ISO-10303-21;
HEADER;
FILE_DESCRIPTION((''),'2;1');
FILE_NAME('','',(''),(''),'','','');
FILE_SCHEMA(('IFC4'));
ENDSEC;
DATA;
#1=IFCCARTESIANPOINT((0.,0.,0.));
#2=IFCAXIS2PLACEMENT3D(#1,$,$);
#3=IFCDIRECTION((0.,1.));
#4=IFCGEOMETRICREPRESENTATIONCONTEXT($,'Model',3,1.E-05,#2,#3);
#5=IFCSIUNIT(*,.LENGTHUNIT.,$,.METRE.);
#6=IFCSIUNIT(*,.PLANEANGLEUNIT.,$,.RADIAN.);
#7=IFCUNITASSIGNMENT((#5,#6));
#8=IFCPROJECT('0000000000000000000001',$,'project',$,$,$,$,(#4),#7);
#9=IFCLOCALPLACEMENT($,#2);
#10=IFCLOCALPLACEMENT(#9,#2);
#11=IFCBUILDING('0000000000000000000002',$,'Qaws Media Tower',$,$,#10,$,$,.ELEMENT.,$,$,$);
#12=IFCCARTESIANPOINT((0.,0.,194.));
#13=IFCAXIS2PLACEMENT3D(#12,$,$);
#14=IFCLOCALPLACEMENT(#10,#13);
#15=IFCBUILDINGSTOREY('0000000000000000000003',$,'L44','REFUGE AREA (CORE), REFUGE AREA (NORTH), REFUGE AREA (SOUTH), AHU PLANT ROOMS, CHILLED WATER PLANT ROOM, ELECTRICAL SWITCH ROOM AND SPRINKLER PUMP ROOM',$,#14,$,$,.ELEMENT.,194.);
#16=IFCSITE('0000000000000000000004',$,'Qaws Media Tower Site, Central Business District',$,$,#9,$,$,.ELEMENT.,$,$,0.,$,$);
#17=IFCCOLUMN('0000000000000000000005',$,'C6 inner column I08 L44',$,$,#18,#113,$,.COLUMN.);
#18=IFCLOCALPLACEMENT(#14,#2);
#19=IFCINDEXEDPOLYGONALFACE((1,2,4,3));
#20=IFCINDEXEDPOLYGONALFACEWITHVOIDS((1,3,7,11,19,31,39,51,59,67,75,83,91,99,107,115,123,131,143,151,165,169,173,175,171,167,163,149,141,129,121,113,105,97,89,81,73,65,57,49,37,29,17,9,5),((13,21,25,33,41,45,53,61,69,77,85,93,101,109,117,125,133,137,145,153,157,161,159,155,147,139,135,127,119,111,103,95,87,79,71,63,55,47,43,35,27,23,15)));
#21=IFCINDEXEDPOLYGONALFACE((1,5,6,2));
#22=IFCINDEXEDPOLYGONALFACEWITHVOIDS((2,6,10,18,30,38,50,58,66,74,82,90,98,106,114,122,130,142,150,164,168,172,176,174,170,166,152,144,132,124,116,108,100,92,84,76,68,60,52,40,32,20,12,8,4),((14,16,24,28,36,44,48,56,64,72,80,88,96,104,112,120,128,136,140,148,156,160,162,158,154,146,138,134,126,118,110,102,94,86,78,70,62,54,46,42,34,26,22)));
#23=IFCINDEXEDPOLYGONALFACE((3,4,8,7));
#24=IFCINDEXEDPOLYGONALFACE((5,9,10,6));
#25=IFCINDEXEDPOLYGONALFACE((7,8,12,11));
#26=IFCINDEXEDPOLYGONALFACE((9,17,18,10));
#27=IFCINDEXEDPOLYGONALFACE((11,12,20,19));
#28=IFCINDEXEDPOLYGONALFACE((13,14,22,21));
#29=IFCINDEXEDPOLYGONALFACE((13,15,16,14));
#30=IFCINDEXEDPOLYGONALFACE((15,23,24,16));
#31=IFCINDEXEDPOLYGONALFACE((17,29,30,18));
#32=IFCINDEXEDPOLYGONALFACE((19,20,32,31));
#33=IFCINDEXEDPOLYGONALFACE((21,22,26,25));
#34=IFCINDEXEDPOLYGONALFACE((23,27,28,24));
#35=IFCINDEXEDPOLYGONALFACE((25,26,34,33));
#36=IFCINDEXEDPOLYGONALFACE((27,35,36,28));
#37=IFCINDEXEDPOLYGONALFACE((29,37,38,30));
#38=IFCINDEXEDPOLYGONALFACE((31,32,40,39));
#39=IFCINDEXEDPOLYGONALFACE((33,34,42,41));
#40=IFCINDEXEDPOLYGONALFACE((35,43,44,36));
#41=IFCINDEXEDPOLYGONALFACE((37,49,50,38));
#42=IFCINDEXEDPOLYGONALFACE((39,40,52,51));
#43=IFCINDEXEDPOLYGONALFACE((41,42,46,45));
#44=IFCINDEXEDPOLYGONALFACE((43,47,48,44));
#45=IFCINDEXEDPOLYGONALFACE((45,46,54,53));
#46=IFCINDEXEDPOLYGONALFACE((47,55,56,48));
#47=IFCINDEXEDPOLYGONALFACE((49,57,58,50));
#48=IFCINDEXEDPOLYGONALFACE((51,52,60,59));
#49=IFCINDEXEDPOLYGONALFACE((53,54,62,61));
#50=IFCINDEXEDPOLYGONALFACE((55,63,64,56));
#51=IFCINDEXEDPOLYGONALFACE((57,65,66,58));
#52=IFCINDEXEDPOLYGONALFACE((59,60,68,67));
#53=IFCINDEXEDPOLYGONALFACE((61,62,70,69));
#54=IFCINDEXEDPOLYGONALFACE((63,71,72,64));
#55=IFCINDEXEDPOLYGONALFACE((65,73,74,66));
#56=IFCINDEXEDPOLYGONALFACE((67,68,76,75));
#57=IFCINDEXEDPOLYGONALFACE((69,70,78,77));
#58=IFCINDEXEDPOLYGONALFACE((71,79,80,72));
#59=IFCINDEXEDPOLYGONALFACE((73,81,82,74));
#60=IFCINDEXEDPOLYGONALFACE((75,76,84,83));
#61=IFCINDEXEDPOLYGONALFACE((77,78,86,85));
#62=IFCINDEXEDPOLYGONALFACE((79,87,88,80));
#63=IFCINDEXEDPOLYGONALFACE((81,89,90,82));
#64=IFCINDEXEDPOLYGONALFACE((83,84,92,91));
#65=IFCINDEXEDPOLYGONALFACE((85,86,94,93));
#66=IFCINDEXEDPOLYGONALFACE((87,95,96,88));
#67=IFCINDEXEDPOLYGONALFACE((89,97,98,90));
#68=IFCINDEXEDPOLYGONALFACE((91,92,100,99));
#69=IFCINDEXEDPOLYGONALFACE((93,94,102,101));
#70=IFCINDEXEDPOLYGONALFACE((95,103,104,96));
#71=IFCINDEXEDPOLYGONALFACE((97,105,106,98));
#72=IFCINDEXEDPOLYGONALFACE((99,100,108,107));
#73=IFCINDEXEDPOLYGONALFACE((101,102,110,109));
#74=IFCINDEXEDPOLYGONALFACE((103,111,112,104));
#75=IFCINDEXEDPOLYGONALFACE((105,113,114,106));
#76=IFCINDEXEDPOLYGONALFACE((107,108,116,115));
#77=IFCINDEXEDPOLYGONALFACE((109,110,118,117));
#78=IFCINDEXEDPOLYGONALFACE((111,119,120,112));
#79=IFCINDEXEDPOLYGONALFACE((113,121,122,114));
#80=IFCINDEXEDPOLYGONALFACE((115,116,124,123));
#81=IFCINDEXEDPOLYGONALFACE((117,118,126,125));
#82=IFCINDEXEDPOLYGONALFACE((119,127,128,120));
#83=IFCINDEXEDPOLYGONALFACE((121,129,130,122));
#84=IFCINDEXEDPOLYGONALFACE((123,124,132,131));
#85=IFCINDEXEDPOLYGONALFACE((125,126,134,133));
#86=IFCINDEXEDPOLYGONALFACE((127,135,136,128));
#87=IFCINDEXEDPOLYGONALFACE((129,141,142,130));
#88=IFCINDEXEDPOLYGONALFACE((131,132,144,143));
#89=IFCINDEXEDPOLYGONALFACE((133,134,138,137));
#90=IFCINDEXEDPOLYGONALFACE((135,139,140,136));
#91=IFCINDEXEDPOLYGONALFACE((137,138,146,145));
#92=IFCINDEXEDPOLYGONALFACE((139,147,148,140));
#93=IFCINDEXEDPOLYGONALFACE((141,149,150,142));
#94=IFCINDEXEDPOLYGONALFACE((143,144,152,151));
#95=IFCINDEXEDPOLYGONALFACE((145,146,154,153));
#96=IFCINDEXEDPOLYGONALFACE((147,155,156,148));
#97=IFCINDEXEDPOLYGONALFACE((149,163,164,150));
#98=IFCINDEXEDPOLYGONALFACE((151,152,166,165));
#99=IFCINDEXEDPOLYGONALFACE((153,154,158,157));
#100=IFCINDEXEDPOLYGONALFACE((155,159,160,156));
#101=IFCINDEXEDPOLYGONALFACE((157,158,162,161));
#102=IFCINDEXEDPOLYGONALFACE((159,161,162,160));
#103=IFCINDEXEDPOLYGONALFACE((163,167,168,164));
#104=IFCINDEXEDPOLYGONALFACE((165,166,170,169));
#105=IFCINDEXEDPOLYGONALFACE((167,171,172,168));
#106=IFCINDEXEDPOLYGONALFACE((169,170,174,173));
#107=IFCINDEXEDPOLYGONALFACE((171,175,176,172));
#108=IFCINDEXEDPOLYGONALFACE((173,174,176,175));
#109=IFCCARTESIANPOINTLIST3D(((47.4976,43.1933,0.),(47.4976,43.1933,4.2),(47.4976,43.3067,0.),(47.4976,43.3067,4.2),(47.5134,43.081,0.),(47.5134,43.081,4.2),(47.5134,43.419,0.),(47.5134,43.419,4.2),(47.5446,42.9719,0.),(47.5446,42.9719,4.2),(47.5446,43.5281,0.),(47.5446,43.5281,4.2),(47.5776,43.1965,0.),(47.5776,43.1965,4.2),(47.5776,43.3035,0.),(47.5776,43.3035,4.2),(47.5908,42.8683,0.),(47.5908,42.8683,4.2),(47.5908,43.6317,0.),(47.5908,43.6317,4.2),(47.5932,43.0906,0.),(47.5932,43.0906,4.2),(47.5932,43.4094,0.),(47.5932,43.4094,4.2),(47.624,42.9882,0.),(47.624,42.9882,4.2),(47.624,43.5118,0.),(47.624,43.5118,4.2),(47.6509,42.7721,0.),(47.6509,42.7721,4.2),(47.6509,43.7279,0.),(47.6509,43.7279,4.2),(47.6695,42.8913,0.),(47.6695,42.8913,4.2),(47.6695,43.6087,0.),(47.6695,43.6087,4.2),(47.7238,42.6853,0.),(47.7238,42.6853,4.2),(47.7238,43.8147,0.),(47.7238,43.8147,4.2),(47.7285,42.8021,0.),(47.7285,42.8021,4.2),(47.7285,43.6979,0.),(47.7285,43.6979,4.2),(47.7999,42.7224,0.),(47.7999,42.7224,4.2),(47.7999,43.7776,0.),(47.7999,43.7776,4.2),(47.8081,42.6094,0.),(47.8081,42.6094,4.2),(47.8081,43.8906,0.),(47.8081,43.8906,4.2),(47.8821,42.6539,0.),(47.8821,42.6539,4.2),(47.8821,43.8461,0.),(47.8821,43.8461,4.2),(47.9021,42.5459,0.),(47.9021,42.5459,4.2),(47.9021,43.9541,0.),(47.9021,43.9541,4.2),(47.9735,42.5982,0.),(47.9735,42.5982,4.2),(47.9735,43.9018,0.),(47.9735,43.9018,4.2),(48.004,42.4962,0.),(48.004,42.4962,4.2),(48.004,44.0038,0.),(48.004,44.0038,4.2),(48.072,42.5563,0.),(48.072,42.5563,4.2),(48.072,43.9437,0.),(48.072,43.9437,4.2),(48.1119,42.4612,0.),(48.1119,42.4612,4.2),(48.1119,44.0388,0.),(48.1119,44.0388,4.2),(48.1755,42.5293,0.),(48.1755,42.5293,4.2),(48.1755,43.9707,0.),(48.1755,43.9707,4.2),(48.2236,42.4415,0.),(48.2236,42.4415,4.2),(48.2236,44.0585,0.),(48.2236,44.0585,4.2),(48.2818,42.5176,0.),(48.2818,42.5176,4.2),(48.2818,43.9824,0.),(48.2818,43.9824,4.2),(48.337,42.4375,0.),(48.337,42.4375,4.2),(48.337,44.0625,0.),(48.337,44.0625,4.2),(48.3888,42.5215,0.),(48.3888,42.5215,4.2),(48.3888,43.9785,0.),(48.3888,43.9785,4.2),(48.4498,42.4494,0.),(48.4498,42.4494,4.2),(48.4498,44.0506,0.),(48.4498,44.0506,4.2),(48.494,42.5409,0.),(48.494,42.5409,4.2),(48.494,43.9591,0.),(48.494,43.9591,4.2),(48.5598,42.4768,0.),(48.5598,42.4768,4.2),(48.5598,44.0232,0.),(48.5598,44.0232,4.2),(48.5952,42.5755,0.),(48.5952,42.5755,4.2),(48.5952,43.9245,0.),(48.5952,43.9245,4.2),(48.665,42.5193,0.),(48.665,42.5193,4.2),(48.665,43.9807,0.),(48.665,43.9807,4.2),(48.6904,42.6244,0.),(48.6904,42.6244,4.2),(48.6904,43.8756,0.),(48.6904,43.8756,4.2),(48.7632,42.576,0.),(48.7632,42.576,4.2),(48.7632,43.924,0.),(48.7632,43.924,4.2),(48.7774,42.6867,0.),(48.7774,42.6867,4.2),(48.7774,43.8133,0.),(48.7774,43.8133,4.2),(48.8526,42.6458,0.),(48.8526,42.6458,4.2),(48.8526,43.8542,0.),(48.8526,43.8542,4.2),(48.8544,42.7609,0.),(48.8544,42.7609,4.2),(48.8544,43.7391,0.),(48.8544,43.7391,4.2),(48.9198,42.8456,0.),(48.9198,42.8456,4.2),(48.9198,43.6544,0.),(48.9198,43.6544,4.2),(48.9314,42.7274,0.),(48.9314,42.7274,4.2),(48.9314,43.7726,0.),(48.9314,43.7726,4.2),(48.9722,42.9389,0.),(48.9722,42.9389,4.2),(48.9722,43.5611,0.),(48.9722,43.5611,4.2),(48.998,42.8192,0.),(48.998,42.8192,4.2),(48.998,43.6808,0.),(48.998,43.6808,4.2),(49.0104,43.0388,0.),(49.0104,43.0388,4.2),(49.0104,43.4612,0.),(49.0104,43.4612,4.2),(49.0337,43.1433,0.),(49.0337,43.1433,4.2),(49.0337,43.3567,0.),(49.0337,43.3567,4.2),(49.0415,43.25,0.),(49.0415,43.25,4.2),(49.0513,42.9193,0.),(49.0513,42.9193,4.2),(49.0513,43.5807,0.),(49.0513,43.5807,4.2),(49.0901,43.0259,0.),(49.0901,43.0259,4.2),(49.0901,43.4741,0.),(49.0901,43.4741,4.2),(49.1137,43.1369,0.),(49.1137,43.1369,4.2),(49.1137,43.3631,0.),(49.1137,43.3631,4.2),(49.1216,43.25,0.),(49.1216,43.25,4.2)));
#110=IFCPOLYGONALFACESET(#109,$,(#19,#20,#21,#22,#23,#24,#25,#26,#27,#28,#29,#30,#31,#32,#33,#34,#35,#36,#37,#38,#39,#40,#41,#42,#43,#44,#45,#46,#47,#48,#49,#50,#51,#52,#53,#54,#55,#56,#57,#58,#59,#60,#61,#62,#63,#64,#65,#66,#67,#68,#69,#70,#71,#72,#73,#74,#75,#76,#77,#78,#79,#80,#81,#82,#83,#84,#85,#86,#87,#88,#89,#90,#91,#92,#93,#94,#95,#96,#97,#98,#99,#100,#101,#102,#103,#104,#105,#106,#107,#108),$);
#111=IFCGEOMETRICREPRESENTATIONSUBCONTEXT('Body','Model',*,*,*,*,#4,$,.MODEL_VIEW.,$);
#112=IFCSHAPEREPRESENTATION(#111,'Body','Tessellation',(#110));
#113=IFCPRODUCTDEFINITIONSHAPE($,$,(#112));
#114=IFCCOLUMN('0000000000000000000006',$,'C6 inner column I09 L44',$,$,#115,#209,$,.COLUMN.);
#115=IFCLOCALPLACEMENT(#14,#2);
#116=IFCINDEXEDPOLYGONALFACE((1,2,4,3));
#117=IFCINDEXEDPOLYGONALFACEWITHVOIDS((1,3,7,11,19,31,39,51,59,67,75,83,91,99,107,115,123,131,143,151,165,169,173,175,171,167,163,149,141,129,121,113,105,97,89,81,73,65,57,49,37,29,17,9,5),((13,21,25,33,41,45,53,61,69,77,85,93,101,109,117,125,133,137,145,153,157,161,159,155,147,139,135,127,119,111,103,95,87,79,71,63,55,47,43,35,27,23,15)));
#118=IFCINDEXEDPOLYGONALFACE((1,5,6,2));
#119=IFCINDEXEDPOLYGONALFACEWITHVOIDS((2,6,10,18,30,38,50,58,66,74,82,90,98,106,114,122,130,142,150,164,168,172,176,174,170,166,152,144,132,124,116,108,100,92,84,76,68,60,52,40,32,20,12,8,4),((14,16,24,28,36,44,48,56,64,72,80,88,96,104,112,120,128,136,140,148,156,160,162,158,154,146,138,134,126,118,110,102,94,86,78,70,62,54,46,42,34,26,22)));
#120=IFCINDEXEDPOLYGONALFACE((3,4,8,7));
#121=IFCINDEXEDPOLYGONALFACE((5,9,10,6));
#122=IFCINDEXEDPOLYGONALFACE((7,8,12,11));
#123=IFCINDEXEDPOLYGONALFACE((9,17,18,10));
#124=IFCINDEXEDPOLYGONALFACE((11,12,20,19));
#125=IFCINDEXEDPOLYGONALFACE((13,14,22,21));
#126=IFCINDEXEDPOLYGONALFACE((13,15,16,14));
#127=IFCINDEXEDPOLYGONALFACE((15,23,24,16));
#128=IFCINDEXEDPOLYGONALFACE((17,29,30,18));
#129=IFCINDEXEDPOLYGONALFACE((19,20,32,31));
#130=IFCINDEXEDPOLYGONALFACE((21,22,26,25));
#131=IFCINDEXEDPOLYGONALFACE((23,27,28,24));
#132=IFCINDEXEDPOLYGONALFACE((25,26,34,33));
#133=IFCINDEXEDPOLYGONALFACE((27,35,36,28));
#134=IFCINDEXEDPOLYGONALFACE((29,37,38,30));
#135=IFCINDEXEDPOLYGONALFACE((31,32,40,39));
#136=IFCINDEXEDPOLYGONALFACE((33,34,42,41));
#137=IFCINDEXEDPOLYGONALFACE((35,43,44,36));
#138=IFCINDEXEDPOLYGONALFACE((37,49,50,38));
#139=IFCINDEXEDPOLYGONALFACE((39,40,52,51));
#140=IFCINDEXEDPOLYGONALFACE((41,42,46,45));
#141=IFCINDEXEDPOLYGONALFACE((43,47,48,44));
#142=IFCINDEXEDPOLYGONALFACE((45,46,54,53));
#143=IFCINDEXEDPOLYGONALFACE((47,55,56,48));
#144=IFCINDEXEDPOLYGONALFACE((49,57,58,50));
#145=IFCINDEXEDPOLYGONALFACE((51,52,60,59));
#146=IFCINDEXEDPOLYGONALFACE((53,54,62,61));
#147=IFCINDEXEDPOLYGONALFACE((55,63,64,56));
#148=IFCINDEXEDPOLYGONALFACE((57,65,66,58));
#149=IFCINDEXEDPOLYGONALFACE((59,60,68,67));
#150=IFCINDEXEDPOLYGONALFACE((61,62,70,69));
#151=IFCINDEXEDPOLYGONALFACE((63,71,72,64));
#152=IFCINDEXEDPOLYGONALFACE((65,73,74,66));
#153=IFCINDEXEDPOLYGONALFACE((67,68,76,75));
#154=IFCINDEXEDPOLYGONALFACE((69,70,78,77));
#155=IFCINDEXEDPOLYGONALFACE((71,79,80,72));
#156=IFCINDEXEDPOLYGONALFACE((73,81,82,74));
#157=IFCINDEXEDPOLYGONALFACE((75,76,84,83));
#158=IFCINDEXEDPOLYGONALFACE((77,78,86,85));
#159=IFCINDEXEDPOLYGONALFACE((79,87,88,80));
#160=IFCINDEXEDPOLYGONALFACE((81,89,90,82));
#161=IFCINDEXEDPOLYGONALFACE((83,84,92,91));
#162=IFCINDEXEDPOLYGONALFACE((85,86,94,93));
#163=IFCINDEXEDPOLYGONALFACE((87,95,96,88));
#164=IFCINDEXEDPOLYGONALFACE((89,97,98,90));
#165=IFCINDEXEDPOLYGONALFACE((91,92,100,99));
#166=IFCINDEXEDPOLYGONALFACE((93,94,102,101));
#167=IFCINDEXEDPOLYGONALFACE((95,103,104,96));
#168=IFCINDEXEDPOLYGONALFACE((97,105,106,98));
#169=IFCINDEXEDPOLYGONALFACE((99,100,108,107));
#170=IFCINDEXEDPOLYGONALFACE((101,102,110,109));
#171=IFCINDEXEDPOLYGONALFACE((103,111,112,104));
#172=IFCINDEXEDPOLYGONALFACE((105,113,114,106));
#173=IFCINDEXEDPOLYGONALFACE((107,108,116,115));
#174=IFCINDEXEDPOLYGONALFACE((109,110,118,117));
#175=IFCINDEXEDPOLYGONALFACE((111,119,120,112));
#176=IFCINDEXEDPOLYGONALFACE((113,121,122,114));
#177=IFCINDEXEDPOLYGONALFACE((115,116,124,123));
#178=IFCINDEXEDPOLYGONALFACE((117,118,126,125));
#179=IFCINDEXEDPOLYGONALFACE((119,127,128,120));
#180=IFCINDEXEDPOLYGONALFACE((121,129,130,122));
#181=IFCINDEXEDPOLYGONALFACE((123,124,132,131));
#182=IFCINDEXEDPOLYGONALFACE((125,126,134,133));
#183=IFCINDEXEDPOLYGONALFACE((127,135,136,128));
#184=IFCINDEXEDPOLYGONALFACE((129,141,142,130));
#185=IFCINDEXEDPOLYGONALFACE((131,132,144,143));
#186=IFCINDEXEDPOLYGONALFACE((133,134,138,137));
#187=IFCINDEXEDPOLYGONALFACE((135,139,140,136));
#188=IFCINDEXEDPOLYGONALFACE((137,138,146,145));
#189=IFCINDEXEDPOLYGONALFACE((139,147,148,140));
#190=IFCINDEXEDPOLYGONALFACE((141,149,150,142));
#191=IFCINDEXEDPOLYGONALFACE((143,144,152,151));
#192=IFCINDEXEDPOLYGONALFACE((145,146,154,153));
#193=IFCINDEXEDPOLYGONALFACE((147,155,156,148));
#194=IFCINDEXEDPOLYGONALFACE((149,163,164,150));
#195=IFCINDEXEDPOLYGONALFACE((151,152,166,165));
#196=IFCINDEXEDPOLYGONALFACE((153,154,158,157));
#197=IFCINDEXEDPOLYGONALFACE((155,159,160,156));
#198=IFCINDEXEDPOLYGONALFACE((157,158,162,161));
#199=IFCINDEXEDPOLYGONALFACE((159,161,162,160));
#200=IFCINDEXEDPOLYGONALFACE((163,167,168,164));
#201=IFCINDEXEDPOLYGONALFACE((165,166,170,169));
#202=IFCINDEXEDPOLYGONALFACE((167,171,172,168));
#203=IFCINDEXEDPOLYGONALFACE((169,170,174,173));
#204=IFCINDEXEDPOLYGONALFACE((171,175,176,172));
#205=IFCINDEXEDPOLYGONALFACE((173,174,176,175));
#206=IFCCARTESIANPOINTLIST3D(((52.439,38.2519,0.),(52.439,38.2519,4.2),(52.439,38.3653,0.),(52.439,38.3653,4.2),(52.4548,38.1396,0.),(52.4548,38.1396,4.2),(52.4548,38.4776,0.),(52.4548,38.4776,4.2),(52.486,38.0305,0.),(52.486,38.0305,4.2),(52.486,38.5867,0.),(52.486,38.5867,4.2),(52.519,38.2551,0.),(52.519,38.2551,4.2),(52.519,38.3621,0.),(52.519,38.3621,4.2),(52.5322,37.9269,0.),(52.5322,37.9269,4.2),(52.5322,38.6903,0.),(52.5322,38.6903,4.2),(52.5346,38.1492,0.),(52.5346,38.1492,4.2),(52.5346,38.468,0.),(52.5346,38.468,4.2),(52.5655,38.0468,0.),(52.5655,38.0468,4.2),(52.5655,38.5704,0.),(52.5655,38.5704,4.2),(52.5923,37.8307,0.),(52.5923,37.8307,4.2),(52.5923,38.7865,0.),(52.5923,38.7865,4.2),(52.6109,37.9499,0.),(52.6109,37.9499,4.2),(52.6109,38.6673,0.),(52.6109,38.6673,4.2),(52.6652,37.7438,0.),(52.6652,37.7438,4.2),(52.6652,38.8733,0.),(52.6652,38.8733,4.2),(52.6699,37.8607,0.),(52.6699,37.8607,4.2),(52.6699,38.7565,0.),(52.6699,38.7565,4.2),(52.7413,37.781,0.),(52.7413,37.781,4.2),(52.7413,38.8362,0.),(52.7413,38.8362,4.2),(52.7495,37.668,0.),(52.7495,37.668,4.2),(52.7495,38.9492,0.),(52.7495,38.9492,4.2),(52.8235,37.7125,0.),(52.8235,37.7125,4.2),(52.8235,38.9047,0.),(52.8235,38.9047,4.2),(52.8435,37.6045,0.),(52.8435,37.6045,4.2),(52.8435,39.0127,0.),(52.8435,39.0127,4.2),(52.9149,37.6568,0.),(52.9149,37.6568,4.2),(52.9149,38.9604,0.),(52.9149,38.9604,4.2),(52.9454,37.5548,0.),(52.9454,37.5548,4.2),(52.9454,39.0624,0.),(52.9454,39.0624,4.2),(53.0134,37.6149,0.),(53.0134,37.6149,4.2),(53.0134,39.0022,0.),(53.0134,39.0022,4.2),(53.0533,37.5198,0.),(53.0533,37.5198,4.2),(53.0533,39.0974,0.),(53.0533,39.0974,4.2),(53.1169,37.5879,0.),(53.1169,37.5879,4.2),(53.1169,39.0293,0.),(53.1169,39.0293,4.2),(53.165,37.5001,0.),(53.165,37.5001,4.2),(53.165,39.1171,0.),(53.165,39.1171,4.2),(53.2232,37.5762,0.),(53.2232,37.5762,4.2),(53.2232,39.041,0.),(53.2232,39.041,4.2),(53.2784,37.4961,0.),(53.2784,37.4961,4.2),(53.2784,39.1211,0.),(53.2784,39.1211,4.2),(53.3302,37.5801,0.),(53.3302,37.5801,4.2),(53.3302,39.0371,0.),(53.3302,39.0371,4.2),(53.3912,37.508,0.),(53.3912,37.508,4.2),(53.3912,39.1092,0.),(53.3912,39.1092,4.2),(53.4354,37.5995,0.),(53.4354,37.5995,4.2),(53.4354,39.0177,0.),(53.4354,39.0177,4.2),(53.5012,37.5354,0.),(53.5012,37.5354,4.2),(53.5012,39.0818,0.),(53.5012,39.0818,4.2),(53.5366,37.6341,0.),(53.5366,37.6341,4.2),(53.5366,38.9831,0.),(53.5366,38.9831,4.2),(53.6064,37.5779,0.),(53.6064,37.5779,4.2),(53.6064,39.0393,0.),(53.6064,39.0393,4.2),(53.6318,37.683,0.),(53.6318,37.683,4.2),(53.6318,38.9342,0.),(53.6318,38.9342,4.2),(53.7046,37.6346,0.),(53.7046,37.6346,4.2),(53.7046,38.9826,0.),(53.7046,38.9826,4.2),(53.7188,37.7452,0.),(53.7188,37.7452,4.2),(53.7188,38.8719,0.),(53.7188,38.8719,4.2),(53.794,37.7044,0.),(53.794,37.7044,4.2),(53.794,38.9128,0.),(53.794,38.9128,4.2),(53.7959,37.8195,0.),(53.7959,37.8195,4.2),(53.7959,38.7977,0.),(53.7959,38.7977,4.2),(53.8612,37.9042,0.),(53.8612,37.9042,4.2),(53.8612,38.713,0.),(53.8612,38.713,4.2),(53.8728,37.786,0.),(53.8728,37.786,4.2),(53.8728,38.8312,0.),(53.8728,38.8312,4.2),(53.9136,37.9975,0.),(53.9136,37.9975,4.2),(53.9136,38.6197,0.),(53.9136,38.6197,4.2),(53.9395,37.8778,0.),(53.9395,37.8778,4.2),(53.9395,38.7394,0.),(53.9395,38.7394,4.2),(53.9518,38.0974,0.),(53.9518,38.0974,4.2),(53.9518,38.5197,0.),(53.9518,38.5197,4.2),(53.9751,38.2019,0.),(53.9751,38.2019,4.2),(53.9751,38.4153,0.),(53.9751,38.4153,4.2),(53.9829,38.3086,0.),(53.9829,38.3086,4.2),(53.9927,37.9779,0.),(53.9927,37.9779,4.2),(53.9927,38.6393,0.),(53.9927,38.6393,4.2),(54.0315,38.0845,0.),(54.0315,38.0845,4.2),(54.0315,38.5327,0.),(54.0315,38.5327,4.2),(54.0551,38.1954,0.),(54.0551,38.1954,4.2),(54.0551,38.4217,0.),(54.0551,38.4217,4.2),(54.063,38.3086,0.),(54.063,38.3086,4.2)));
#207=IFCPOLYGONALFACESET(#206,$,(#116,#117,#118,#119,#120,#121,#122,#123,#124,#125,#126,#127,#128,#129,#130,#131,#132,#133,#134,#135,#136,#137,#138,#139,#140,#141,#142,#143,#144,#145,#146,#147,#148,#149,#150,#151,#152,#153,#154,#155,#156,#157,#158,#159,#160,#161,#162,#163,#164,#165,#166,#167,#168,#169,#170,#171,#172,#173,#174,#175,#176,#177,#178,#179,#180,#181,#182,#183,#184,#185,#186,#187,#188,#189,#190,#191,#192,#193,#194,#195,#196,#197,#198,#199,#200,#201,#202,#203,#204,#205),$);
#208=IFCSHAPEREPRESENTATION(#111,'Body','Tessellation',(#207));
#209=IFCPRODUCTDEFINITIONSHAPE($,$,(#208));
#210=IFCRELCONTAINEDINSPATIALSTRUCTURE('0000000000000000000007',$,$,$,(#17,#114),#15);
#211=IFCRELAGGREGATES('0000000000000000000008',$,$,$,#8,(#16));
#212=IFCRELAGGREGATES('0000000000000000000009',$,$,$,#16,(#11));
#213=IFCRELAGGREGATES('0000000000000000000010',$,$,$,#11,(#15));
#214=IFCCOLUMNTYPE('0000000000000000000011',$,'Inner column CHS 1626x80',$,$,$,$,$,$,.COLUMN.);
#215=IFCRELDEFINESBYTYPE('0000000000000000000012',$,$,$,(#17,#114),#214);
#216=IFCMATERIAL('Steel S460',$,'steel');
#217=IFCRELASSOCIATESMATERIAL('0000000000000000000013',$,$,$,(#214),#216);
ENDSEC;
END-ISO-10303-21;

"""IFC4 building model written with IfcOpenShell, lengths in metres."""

from ifc_helpers import new_model, si_unit, direction, frame, origin, origin_2d, place, context, subcontext, project, spatial, hollow_circle, extrude, material, material_profile, profile_set, type_object, element, save


model = new_model("IFC4")

# Units and contexts
model_context = context("Model", 3, precision=1e-05, world=origin(), true_north=direction((0.0, 1.0)))
body_context = subcontext(model_context, "Body", "Model", "MODEL_VIEW")
ifc_project = project(units=[si_unit("LENGTHUNIT", "METRE"), si_unit("PLANEANGLEUNIT", "RADIAN")], contexts=[model_context])

# Site, building, storey
site_placement = place(None, origin())
site = spatial("IfcSite", under=ifc_project, at=site_placement, Name="Qaws Media Tower Site, Central Business District", CompositionType="ELEMENT", RefElevation=0.0)
building_placement = place(site_placement, origin())
building = spatial("IfcBuilding", under=site, at=building_placement, Name="Qaws Media Tower", CompositionType="ELEMENT")
storey_placement = place(building_placement, frame((0.0, 0.0, 194.0)))
storey = spatial("IfcBuildingStorey", under=building, at=storey_placement, Name="L44", Description="REFUGE AREA (CORE), REFUGE AREA (NORTH), REFUGE AREA (SOUTH), AHU PLANT ROOMS, CHILLED WATER PLANT ROOM, ELECTRICAL SWITCH ROOM AND SPRINKLER PUMP ROOM", CompositionType="ELEMENT", Elevation=194.0)

# Columns
ifc_material_1 = material(Name="Steel S460", Category="steel")
ifc_material_profile_1 = material_profile(ifc_material_1, hollow_circle(Radius=0.813, WallThickness=0.0801, at=origin_2d()), Name="CHS 1626x80")
ifc_profile_set_1 = profile_set([ifc_material_profile_1], Name="Steel S460")
column_type = type_object("IfcColumnType", Name="Inner column CHS 1626x80", PredefinedType="COLUMN", material=ifc_profile_set_1)
for number, where, z_axis, x_axis, name in (
    (1, (48.3086, 43.25, 0.0), (0.0, 0.0, 1.0), (1.0, 0.0, 0.0), "C6 inner column I08 L44"),
    (2, (53.25, 38.3086, 0.0), (0.0, 0.0, 1.0), (1.0, 0.0, 0.0), "C6 inner column I09 L44"),
):
    element("IfcColumn", number, at=place(storey_placement, frame(where, z_axis=z_axis, x_axis=x_axis)), inside=storey, type_object=column_type, Name=name, PredefinedType="COLUMN", context=body_context, shape_type="SweptSolid", body=[
        extrude(hollow_circle(Radius=0.813, WallThickness=0.0801, at=origin_2d()), origin(), (0.0, 0.0, 1.0), 4.2),
    ])

save(model, "model.ifc")
